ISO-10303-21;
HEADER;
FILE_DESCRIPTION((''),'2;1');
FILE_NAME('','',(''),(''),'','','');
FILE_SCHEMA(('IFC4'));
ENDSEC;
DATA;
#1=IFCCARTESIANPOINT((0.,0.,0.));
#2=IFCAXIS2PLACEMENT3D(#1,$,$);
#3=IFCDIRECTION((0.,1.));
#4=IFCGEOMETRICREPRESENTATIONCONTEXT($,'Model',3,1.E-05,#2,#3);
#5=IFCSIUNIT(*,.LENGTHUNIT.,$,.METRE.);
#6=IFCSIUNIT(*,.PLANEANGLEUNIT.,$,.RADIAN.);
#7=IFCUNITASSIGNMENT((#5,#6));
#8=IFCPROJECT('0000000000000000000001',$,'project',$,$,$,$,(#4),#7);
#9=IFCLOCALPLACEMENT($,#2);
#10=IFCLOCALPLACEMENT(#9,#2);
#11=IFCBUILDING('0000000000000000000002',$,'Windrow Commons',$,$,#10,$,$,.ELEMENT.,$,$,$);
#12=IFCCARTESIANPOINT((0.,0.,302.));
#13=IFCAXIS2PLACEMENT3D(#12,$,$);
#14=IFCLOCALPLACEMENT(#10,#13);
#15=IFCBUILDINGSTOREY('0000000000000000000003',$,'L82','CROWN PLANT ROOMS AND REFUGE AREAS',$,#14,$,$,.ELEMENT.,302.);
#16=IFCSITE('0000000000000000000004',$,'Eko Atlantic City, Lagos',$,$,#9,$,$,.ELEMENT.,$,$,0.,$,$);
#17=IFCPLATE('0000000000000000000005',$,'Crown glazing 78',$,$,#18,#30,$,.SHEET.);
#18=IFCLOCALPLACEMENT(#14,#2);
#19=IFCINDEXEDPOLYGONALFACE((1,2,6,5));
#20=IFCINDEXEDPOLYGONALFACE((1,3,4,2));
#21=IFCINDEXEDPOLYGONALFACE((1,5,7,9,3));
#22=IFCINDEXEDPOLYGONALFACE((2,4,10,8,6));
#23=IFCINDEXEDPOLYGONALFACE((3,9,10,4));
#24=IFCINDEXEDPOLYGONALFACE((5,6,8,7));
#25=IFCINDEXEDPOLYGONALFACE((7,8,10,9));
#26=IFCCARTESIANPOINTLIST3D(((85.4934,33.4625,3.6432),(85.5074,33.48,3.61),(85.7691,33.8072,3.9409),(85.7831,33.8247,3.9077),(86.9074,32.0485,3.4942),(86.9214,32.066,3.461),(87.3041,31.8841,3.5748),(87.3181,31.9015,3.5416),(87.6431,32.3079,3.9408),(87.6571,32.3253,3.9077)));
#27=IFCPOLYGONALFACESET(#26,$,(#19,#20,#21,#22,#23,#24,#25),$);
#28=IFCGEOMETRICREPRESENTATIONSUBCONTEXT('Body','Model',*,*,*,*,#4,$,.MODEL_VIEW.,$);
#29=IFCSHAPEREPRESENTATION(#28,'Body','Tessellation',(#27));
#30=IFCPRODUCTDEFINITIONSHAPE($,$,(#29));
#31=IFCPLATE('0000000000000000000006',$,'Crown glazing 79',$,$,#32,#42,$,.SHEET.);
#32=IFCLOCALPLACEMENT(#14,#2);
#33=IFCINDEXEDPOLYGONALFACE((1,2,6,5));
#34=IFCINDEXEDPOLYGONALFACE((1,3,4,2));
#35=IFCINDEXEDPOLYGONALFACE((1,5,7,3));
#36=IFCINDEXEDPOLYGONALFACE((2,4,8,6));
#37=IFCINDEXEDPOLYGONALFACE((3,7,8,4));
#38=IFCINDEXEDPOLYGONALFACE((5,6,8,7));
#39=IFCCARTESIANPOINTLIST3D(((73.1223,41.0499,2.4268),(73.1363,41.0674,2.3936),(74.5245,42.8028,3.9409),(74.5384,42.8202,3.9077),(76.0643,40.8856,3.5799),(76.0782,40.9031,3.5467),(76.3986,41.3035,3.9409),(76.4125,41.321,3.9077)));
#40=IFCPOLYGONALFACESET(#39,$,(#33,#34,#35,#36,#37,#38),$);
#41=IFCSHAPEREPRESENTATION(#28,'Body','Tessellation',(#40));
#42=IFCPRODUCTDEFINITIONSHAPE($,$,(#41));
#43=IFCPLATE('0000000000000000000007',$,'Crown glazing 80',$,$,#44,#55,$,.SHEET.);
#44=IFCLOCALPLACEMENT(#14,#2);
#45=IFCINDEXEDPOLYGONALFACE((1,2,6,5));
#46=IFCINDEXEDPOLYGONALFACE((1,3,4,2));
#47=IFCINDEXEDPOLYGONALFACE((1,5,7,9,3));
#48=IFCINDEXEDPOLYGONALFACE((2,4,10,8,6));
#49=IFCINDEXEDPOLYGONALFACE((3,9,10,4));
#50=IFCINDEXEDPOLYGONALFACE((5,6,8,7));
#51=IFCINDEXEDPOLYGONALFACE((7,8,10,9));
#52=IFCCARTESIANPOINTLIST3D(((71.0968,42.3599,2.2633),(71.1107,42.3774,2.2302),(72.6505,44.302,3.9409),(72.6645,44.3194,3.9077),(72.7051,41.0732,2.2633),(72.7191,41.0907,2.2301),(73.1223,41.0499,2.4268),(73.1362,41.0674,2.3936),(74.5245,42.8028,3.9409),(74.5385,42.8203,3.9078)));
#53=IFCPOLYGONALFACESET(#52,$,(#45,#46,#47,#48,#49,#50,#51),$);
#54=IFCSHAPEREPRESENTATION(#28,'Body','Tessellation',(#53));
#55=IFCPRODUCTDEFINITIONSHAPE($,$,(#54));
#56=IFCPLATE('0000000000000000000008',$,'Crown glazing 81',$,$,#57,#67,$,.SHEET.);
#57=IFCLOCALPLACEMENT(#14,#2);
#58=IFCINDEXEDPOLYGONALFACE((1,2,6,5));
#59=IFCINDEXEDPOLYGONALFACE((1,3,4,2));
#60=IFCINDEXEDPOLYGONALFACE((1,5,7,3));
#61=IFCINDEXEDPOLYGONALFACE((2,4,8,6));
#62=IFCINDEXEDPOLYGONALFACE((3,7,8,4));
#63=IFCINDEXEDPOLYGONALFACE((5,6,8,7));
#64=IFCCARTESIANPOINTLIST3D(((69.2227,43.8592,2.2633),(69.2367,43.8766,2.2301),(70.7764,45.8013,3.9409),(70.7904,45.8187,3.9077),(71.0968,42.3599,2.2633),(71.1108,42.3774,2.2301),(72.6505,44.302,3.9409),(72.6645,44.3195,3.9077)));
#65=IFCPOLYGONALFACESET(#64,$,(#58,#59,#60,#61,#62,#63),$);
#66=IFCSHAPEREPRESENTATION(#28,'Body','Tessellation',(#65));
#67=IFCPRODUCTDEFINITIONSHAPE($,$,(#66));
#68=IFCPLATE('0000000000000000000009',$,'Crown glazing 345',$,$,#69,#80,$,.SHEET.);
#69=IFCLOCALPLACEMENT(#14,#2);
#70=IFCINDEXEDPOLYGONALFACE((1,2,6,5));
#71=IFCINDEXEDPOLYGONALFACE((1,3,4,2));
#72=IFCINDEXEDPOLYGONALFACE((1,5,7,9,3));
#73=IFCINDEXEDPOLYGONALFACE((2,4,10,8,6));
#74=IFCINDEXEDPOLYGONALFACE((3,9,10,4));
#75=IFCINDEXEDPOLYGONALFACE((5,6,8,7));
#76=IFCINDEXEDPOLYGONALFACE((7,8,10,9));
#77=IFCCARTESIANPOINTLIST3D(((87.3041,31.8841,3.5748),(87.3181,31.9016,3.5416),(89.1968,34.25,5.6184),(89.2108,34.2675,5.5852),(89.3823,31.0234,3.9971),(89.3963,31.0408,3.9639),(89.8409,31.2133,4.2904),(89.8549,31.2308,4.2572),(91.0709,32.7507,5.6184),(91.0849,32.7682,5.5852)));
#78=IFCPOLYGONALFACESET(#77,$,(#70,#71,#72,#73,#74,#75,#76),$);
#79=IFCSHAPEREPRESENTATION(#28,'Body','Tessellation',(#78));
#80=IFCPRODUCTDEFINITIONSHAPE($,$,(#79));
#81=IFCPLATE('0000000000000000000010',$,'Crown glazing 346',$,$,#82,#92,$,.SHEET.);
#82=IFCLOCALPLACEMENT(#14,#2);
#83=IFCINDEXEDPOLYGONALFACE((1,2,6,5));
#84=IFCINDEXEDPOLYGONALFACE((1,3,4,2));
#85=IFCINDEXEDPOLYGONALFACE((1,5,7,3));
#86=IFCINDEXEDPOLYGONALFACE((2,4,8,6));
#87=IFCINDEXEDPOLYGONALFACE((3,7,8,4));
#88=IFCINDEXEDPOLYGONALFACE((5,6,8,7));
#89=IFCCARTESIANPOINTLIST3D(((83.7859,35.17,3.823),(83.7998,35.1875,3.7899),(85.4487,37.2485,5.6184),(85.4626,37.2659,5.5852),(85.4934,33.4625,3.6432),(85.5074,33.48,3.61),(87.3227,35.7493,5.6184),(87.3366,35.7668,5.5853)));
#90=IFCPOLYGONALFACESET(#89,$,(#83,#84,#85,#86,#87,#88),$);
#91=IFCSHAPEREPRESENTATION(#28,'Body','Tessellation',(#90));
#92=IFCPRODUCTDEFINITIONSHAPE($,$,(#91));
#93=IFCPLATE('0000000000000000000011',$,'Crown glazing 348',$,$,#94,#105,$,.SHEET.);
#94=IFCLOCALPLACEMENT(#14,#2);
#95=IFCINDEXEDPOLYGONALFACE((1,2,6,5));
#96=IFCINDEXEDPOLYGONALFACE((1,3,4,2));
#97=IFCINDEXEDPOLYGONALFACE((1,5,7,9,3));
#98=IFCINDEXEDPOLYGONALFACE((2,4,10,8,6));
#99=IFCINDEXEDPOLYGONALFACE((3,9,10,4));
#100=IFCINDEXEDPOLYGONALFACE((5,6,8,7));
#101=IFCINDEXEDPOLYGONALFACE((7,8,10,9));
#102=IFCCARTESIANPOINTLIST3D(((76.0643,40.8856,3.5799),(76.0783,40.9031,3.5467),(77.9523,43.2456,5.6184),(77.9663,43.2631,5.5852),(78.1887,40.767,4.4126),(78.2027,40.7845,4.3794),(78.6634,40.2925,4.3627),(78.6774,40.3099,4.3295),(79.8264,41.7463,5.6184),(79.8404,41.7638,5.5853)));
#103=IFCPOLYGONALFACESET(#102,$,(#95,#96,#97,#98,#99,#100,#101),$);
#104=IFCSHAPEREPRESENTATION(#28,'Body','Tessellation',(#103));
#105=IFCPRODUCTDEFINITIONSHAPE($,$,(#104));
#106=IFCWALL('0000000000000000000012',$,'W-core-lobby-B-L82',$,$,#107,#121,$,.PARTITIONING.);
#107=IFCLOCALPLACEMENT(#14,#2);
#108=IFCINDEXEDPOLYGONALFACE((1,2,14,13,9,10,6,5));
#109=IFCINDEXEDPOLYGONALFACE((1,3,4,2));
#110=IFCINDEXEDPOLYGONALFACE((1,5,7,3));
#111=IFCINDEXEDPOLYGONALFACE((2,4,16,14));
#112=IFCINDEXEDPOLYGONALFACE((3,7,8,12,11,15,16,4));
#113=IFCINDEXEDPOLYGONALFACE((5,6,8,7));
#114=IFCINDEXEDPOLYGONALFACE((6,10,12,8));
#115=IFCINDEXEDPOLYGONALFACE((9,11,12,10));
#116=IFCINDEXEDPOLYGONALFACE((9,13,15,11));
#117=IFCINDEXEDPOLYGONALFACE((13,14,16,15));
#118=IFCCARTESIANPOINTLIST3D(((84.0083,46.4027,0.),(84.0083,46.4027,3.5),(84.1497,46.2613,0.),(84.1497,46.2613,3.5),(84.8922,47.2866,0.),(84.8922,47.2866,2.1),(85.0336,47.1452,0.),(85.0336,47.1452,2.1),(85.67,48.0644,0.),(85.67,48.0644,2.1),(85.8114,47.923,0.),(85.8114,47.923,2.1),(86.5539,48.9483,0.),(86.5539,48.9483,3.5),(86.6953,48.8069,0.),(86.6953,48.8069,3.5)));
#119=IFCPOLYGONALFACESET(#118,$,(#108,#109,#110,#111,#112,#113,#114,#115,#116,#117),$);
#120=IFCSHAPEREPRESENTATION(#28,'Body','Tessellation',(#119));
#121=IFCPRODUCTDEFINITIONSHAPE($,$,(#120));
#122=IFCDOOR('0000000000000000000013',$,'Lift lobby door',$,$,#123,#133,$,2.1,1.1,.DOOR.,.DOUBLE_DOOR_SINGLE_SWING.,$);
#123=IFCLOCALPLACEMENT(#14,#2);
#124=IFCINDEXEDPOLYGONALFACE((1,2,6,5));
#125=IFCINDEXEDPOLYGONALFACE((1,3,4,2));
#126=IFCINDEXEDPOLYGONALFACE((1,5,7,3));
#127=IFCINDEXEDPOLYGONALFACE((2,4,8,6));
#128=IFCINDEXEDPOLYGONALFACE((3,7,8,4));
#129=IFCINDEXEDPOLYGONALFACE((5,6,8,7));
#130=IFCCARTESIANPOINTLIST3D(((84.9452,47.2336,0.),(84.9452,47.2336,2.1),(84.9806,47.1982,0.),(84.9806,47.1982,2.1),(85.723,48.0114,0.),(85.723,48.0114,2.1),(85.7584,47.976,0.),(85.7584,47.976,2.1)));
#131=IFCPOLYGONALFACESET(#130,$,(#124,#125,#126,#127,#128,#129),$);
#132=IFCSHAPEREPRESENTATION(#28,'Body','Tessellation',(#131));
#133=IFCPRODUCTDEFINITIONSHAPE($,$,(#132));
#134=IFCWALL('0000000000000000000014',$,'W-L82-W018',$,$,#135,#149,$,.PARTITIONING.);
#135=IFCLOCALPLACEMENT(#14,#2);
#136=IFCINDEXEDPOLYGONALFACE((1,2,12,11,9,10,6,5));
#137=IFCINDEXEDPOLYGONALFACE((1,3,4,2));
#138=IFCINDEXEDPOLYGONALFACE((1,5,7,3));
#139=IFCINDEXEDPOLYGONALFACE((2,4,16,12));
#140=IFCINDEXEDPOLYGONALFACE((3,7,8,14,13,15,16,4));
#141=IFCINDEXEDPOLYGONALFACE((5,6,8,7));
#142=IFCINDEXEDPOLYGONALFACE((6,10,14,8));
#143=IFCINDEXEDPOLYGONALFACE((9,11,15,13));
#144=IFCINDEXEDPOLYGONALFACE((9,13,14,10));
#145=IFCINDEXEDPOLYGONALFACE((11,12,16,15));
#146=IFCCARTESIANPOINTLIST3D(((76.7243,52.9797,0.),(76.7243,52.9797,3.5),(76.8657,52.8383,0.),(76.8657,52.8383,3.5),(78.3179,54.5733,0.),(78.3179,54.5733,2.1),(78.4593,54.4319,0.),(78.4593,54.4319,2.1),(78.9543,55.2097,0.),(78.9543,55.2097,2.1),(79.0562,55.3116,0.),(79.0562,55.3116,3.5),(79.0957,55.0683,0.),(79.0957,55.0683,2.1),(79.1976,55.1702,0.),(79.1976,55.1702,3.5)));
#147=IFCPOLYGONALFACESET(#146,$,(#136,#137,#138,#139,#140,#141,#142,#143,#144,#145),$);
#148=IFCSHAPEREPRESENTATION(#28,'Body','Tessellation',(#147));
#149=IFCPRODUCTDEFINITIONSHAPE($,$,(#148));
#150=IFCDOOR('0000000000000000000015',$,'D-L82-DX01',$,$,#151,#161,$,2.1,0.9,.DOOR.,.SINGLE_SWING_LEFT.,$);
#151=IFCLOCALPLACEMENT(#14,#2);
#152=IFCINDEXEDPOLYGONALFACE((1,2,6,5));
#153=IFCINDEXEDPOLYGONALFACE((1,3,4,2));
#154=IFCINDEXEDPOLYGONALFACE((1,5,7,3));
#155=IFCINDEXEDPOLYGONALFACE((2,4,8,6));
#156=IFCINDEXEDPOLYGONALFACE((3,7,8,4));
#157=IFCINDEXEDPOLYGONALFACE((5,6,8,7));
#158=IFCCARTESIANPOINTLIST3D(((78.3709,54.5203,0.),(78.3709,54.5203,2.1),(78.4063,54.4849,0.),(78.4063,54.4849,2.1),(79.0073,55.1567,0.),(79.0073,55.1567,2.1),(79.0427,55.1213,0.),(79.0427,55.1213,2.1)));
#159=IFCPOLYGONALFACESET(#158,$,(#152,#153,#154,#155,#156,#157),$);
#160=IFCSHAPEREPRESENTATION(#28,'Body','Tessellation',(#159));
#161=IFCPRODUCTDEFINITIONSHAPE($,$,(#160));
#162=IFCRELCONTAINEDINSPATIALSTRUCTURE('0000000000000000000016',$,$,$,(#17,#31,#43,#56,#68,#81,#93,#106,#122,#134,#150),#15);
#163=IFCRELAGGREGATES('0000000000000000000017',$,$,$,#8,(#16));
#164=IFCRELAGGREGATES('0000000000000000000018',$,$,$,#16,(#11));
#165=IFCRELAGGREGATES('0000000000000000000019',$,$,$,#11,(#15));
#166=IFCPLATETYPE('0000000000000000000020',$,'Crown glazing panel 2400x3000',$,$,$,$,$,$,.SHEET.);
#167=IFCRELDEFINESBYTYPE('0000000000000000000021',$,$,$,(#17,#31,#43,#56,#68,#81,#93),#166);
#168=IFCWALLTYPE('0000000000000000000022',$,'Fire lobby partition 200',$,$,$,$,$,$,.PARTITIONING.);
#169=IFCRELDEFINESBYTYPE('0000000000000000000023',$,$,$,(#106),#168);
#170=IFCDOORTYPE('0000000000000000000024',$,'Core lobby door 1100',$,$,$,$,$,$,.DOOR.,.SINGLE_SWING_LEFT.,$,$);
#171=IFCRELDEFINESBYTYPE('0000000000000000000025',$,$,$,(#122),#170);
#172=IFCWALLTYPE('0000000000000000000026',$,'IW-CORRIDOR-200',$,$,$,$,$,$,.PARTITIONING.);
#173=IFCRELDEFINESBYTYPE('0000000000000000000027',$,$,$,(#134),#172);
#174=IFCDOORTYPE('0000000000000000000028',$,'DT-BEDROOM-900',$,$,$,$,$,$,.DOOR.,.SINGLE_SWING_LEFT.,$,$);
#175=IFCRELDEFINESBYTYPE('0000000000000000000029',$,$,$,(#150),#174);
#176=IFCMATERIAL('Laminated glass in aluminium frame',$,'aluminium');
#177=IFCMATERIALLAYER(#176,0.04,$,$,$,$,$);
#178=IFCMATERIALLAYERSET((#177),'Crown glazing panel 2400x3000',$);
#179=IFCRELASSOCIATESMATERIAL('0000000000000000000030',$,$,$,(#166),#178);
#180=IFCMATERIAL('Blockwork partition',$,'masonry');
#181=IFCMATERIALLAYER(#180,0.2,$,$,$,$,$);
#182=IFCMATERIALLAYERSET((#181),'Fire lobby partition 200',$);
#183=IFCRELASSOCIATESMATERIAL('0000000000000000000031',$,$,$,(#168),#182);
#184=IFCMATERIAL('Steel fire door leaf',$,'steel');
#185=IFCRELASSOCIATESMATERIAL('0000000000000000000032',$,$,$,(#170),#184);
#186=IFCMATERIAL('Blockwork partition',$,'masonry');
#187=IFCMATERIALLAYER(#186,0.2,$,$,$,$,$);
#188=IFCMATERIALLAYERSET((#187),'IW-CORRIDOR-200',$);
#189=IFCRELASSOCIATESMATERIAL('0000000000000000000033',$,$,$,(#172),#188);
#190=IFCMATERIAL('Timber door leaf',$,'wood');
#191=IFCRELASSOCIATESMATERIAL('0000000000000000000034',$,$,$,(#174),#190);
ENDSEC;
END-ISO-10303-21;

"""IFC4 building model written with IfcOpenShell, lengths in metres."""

from ifc_helpers import new_model, si_unit, direction, frame, frame_2d, origin, place, context, subcontext, project, spatial, polyline, rectangle, outline, extrude, material, layer, layer_set, type_object, element, fill, save


model = new_model("IFC4")

# Units and contexts
model_context = context("Model", 3, precision=1e-05, world=origin(), true_north=direction((0.0, 1.0)))
body_context = subcontext(model_context, "Body", "Model", "MODEL_VIEW")
ifc_project = project(units=[si_unit("LENGTHUNIT", "METRE"), si_unit("PLANEANGLEUNIT", "RADIAN")], contexts=[model_context])

# Site, building, storey
site_placement = place(None, origin())
site = spatial("IfcSite", under=ifc_project, at=site_placement, Name="Eko Atlantic City, Lagos", CompositionType="ELEMENT", RefElevation=0.0)
building_placement = place(site_placement, origin())
building = spatial("IfcBuilding", under=site, at=building_placement, Name="Windrow Commons", CompositionType="ELEMENT")
storey_placement = place(building_placement, frame((0.0, 0.0, 302.0)))
storey = spatial("IfcBuildingStorey", under=building, at=storey_placement, Name="L82", Description="CROWN PLANT ROOMS AND REFUGE AREAS", CompositionType="ELEMENT", Elevation=302.0)

# Plates
ifc_material_1 = material(Name="Laminated glass in aluminium frame", Category="aluminium")
ifc_layer_1 = layer(ifc_material_1, 0.04)
ifc_layer_set_1 = layer_set([ifc_layer_1], Name="Crown glazing panel 2400x3000")
plate_type = type_object("IfcPlateType", Name="Crown glazing panel 2400x3000", PredefinedType="SHEET", material=ifc_layer_set_1)
plate_1_placement = place(storey_placement, frame((86.9074, 32.0485, 3.4942), z_axis=(-0.349348, -0.436674, 0.829019), x_axis=(-0.705144, 0.705162, 0.074287)))
element("IfcPlate", 1, at=plate_1_placement, inside=storey, type_object=plate_type, Name="Crown glazing 78", PredefinedType="SHEET", context=body_context, shape_type="SweptSolid", body=[
    extrude(outline(polyline([(0.0, 0.0), (2.0052, 0.0), (2.076, -0.5277), (-0.3027, -0.8464), (-0.3897, -0.1976), (0.0, 0.0)])), origin(), (0.0, 0.0, -1.0), 0.04),
])
plate_2_placement = place(storey_placement, frame((73.1223, 41.0499, 2.4268), z_axis=(-0.349327, -0.436665, 0.829032), x_axis=(0.517865, 0.647387, 0.559201)))
element("IfcPlate", 2, at=plate_2_placement, inside=storey, type_object=plate_type, Name="Crown glazing 79", PredefinedType="SHEET", context=body_context, shape_type="SweptSolid", body=[
    extrude(outline(polyline([(0.0, 0.0), (2.7076, 0.0), (2.7075, -2.4), (2.062, -2.4), (0.0, 0.0)])), origin(), (0.0, 0.0, -1.0), 0.04),
])
plate_3_placement = place(storey_placement, frame((72.7051, 41.0732, 2.2633), z_axis=(-0.349327, -0.436656, 0.829037), x_axis=(-0.780858, 0.624708, 0.000009)))
element("IfcPlate", 3, at=plate_3_placement, inside=storey, type_object=plate_type, Name="Crown glazing 80", PredefinedType="SHEET", context=body_context, shape_type="SweptSolid", body=[
    extrude(outline(polyline([(0.0, 0.0), (2.0597, 0.0), (2.0597, -3.0), (-0.3402, -3.0001), (-0.3403, -0.2924), (0.0, 0.0)])), origin(), (0.0, 0.0, -1.0), 0.04),
])
plate_4_placement = place(storey_placement, frame((71.0968, 42.3599, 2.2633), z_axis=(-0.349331, -0.436658, 0.829034), x_axis=(-0.780865, 0.6247, 0.0)))
element("IfcPlate", 4, at=plate_4_placement, inside=storey, type_object=plate_type, Name="Crown glazing 81", PredefinedType="SHEET", context=body_context, shape_type="SweptSolid", body=[
    extrude(outline(polyline([(0.0, 0.0), (2.4, 0.0), (2.4, -3.0), (0.0, -3.0), (0.0, 0.0)])), origin(), (0.0, 0.0, -1.0), 0.04),
])
plate_5_placement = place(storey_placement, frame((87.3041, 31.8841, 3.5748), z_axis=(-0.349319, -0.436651, 0.829043), x_axis=(0.517896, 0.647376, 0.559185)))
element("IfcPlate", 5, at=plate_5_placement, inside=storey, type_object=plate_type, Name="Crown glazing 345", PredefinedType="SHEET", context=body_context, shape_type="SweptSolid", body=[
    extrude(outline(polyline([(0.0, 0.0), (3.6546, 0.0), (3.6546, -2.4), (1.2797, -2.4), (0.7552, -2.1605), (0.0, 0.0)])), origin(), (0.0, 0.0, -1.0), 0.04),
])
plate_6_placement = place(storey_placement, frame((85.4934, 33.4625, 3.6432), z_axis=(-0.349331, -0.436645, 0.829041), x_axis=(-0.705159, 0.70515, 0.074262)))
element("IfcPlate", 6, at=plate_6_placement, inside=storey, type_object=plate_type, Name="Crown glazing 346", PredefinedType="SHEET", context=body_context, shape_type="SweptSolid", body=[
    extrude(outline(polyline([(0.0, 0.0), (2.4215, 0.0), (2.8479, -3.1822), (0.4693, -3.501), (0.0, 0.0)])), origin(), (0.0, 0.0, -1.0), 0.04),
])
plate_7_placement = place(storey_placement, frame((76.0643, 40.8856, 3.5799), z_axis=(-0.349325, -0.436643, 0.829044), x_axis=(0.5179, 0.647375, 0.559183)))
element("IfcPlate", 7, at=plate_7_placement, inside=storey, type_object=plate_type, Name="Crown glazing 348", PredefinedType="SHEET", context=body_context, shape_type="SweptSolid", body=[
    extrude(outline(polyline([(0.0, 0.0), (3.6455, 0.0), (3.6455, -2.4), (1.3998, -2.4001), (1.4891, -1.733), (0.0, 0.0)])), origin(), (0.0, 0.0, -1.0), 0.04),
])

# Walls, openings, doors
ifc_material_2 = material(Name="Blockwork partition", Category="masonry")
ifc_layer_2 = layer(ifc_material_2, 0.2)
ifc_layer_set_2 = layer_set([ifc_layer_2], Name="Fire lobby partition 200")
wall_type_1 = type_object("IfcWallType", Name="Fire lobby partition 200", PredefinedType="PARTITIONING", material=ifc_layer_set_2)
wall_1_placement = place(storey_placement, frame((84.079, 46.332, 0.0), z_axis=(0.0, 0.0, 1.0), x_axis=(0.707107, 0.707107, 0.0)))
wall_1 = element("IfcWall", 8, at=wall_1_placement, inside=storey, type_object=wall_type_1, Name="W-core-lobby-B-L82", PredefinedType="PARTITIONING", context=body_context, shape_type="SweptSolid", body=[
    extrude(outline(polyline([(0.0, 0.0), (3.6, 0.0), (3.6, 3.5), (0.0, 3.5), (0.0, 0.0)])), frame((0.0, 0.1, 0.0), z_axis=(0.0, -1.0, 0.0), x_axis=(1.0, 0.0, 0.0)), (0.0, 0.0, 1.0), 0.2),
])
opening_1_placement = place(wall_1_placement, frame((1.25, 0.0, 0.0)))
opening_1 = element("IfcOpeningElement", 9, at=opening_1_placement, cuts=wall_1, PredefinedType="OPENING", context=body_context, shape_type="SweptSolid", body=[
    extrude(rectangle(XDim=1.1, YDim=2.1, at=frame_2d((0.55, 1.05))), frame((0.0, 0.11, 0.0), z_axis=(0.0, -1.0, 0.0), x_axis=(1.0, 0.0, 0.0)), (0.0, 0.0, 1.0), 0.22),
])
ifc_material_3 = material(Name="Steel fire door leaf", Category="steel")
door_type_1 = type_object("IfcDoorType", Name="Core lobby door 1100", OperationType="SINGLE_SWING_LEFT", PredefinedType="DOOR", material=ifc_material_3)
door_1_placement = place(opening_1_placement, origin())
door_1 = element("IfcDoor", 10, at=door_1_placement, inside=storey, type_object=door_type_1, Name="Lift lobby door", OperationType="DOUBLE_DOOR_SINGLE_SWING", OverallHeight=2.1, OverallWidth=1.1, PredefinedType="DOOR", context=body_context, shape_type="SweptSolid", body=[
    extrude(rectangle(XDim=1.1, YDim=2.1, at=frame_2d((0.55, 1.05))), frame((0.0, 0.025, 0.0), z_axis=(0.0, -1.0, 0.0), x_axis=(1.0, 0.0, 0.0)), (0.0, 0.0, 1.0), 0.05),
])
fill(opening_1, door_1)
ifc_material_4 = material(Name="Blockwork partition", Category="masonry")
ifc_layer_3 = layer(ifc_material_4, 0.2)
ifc_layer_set_3 = layer_set([ifc_layer_3], Name="IW-CORRIDOR-200")
wall_type_2 = type_object("IfcWallType", Name="IW-CORRIDOR-200", PredefinedType="PARTITIONING", material=ifc_layer_set_3)
wall_2_placement = place(storey_placement, frame((76.795, 52.909, 0.0), z_axis=(0.0, 0.0, 1.0), x_axis=(0.707107, 0.707107, 0.0)))
wall_2 = element("IfcWall", 11, at=wall_2_placement, inside=storey, type_object=wall_type_2, Name="W-L82-W018", PredefinedType="PARTITIONING", context=body_context, shape_type="SweptSolid", body=[
    extrude(rectangle(XDim=3.2979, YDim=0.2, at=frame_2d((1.6489, 0.0))), origin(), (0.0, 0.0, 1.0), 3.5),
])
opening_2_placement = place(wall_2_placement, frame((2.2537, 0.0, 0.0)))
opening_2 = element("IfcOpeningElement", 12, at=opening_2_placement, cuts=wall_2, PredefinedType="OPENING", context=body_context, shape_type="SweptSolid", body=[
    extrude(rectangle(XDim=0.9, YDim=2.1, at=frame_2d((0.45, 1.05))), frame((0.0, 0.11, 0.0), z_axis=(0.0, -1.0, 0.0), x_axis=(1.0, 0.0, 0.0)), (0.0, 0.0, 1.0), 0.22),
])
ifc_material_5 = material(Name="Timber door leaf", Category="wood")
door_type_2 = type_object("IfcDoorType", Name="DT-BEDROOM-900", OperationType="SINGLE_SWING_LEFT", PredefinedType="DOOR", material=ifc_material_5)
door_2_placement = place(opening_2_placement, origin())
door_2 = element("IfcDoor", 13, at=door_2_placement, inside=storey, type_object=door_type_2, Name="D-L82-DX01", OperationType="SINGLE_SWING_LEFT", OverallHeight=2.1, OverallWidth=0.9, PredefinedType="DOOR", context=body_context, shape_type="SweptSolid", body=[
    extrude(rectangle(XDim=0.9, YDim=2.1, at=frame_2d((0.45, 1.05))), frame((0.0, 0.025, 0.0), z_axis=(0.0, -1.0, 0.0), x_axis=(1.0, 0.0, 0.0)), (0.0, 0.0, 1.0), 0.05),
])
fill(opening_2, door_2)

save(model, "model.ifc")
